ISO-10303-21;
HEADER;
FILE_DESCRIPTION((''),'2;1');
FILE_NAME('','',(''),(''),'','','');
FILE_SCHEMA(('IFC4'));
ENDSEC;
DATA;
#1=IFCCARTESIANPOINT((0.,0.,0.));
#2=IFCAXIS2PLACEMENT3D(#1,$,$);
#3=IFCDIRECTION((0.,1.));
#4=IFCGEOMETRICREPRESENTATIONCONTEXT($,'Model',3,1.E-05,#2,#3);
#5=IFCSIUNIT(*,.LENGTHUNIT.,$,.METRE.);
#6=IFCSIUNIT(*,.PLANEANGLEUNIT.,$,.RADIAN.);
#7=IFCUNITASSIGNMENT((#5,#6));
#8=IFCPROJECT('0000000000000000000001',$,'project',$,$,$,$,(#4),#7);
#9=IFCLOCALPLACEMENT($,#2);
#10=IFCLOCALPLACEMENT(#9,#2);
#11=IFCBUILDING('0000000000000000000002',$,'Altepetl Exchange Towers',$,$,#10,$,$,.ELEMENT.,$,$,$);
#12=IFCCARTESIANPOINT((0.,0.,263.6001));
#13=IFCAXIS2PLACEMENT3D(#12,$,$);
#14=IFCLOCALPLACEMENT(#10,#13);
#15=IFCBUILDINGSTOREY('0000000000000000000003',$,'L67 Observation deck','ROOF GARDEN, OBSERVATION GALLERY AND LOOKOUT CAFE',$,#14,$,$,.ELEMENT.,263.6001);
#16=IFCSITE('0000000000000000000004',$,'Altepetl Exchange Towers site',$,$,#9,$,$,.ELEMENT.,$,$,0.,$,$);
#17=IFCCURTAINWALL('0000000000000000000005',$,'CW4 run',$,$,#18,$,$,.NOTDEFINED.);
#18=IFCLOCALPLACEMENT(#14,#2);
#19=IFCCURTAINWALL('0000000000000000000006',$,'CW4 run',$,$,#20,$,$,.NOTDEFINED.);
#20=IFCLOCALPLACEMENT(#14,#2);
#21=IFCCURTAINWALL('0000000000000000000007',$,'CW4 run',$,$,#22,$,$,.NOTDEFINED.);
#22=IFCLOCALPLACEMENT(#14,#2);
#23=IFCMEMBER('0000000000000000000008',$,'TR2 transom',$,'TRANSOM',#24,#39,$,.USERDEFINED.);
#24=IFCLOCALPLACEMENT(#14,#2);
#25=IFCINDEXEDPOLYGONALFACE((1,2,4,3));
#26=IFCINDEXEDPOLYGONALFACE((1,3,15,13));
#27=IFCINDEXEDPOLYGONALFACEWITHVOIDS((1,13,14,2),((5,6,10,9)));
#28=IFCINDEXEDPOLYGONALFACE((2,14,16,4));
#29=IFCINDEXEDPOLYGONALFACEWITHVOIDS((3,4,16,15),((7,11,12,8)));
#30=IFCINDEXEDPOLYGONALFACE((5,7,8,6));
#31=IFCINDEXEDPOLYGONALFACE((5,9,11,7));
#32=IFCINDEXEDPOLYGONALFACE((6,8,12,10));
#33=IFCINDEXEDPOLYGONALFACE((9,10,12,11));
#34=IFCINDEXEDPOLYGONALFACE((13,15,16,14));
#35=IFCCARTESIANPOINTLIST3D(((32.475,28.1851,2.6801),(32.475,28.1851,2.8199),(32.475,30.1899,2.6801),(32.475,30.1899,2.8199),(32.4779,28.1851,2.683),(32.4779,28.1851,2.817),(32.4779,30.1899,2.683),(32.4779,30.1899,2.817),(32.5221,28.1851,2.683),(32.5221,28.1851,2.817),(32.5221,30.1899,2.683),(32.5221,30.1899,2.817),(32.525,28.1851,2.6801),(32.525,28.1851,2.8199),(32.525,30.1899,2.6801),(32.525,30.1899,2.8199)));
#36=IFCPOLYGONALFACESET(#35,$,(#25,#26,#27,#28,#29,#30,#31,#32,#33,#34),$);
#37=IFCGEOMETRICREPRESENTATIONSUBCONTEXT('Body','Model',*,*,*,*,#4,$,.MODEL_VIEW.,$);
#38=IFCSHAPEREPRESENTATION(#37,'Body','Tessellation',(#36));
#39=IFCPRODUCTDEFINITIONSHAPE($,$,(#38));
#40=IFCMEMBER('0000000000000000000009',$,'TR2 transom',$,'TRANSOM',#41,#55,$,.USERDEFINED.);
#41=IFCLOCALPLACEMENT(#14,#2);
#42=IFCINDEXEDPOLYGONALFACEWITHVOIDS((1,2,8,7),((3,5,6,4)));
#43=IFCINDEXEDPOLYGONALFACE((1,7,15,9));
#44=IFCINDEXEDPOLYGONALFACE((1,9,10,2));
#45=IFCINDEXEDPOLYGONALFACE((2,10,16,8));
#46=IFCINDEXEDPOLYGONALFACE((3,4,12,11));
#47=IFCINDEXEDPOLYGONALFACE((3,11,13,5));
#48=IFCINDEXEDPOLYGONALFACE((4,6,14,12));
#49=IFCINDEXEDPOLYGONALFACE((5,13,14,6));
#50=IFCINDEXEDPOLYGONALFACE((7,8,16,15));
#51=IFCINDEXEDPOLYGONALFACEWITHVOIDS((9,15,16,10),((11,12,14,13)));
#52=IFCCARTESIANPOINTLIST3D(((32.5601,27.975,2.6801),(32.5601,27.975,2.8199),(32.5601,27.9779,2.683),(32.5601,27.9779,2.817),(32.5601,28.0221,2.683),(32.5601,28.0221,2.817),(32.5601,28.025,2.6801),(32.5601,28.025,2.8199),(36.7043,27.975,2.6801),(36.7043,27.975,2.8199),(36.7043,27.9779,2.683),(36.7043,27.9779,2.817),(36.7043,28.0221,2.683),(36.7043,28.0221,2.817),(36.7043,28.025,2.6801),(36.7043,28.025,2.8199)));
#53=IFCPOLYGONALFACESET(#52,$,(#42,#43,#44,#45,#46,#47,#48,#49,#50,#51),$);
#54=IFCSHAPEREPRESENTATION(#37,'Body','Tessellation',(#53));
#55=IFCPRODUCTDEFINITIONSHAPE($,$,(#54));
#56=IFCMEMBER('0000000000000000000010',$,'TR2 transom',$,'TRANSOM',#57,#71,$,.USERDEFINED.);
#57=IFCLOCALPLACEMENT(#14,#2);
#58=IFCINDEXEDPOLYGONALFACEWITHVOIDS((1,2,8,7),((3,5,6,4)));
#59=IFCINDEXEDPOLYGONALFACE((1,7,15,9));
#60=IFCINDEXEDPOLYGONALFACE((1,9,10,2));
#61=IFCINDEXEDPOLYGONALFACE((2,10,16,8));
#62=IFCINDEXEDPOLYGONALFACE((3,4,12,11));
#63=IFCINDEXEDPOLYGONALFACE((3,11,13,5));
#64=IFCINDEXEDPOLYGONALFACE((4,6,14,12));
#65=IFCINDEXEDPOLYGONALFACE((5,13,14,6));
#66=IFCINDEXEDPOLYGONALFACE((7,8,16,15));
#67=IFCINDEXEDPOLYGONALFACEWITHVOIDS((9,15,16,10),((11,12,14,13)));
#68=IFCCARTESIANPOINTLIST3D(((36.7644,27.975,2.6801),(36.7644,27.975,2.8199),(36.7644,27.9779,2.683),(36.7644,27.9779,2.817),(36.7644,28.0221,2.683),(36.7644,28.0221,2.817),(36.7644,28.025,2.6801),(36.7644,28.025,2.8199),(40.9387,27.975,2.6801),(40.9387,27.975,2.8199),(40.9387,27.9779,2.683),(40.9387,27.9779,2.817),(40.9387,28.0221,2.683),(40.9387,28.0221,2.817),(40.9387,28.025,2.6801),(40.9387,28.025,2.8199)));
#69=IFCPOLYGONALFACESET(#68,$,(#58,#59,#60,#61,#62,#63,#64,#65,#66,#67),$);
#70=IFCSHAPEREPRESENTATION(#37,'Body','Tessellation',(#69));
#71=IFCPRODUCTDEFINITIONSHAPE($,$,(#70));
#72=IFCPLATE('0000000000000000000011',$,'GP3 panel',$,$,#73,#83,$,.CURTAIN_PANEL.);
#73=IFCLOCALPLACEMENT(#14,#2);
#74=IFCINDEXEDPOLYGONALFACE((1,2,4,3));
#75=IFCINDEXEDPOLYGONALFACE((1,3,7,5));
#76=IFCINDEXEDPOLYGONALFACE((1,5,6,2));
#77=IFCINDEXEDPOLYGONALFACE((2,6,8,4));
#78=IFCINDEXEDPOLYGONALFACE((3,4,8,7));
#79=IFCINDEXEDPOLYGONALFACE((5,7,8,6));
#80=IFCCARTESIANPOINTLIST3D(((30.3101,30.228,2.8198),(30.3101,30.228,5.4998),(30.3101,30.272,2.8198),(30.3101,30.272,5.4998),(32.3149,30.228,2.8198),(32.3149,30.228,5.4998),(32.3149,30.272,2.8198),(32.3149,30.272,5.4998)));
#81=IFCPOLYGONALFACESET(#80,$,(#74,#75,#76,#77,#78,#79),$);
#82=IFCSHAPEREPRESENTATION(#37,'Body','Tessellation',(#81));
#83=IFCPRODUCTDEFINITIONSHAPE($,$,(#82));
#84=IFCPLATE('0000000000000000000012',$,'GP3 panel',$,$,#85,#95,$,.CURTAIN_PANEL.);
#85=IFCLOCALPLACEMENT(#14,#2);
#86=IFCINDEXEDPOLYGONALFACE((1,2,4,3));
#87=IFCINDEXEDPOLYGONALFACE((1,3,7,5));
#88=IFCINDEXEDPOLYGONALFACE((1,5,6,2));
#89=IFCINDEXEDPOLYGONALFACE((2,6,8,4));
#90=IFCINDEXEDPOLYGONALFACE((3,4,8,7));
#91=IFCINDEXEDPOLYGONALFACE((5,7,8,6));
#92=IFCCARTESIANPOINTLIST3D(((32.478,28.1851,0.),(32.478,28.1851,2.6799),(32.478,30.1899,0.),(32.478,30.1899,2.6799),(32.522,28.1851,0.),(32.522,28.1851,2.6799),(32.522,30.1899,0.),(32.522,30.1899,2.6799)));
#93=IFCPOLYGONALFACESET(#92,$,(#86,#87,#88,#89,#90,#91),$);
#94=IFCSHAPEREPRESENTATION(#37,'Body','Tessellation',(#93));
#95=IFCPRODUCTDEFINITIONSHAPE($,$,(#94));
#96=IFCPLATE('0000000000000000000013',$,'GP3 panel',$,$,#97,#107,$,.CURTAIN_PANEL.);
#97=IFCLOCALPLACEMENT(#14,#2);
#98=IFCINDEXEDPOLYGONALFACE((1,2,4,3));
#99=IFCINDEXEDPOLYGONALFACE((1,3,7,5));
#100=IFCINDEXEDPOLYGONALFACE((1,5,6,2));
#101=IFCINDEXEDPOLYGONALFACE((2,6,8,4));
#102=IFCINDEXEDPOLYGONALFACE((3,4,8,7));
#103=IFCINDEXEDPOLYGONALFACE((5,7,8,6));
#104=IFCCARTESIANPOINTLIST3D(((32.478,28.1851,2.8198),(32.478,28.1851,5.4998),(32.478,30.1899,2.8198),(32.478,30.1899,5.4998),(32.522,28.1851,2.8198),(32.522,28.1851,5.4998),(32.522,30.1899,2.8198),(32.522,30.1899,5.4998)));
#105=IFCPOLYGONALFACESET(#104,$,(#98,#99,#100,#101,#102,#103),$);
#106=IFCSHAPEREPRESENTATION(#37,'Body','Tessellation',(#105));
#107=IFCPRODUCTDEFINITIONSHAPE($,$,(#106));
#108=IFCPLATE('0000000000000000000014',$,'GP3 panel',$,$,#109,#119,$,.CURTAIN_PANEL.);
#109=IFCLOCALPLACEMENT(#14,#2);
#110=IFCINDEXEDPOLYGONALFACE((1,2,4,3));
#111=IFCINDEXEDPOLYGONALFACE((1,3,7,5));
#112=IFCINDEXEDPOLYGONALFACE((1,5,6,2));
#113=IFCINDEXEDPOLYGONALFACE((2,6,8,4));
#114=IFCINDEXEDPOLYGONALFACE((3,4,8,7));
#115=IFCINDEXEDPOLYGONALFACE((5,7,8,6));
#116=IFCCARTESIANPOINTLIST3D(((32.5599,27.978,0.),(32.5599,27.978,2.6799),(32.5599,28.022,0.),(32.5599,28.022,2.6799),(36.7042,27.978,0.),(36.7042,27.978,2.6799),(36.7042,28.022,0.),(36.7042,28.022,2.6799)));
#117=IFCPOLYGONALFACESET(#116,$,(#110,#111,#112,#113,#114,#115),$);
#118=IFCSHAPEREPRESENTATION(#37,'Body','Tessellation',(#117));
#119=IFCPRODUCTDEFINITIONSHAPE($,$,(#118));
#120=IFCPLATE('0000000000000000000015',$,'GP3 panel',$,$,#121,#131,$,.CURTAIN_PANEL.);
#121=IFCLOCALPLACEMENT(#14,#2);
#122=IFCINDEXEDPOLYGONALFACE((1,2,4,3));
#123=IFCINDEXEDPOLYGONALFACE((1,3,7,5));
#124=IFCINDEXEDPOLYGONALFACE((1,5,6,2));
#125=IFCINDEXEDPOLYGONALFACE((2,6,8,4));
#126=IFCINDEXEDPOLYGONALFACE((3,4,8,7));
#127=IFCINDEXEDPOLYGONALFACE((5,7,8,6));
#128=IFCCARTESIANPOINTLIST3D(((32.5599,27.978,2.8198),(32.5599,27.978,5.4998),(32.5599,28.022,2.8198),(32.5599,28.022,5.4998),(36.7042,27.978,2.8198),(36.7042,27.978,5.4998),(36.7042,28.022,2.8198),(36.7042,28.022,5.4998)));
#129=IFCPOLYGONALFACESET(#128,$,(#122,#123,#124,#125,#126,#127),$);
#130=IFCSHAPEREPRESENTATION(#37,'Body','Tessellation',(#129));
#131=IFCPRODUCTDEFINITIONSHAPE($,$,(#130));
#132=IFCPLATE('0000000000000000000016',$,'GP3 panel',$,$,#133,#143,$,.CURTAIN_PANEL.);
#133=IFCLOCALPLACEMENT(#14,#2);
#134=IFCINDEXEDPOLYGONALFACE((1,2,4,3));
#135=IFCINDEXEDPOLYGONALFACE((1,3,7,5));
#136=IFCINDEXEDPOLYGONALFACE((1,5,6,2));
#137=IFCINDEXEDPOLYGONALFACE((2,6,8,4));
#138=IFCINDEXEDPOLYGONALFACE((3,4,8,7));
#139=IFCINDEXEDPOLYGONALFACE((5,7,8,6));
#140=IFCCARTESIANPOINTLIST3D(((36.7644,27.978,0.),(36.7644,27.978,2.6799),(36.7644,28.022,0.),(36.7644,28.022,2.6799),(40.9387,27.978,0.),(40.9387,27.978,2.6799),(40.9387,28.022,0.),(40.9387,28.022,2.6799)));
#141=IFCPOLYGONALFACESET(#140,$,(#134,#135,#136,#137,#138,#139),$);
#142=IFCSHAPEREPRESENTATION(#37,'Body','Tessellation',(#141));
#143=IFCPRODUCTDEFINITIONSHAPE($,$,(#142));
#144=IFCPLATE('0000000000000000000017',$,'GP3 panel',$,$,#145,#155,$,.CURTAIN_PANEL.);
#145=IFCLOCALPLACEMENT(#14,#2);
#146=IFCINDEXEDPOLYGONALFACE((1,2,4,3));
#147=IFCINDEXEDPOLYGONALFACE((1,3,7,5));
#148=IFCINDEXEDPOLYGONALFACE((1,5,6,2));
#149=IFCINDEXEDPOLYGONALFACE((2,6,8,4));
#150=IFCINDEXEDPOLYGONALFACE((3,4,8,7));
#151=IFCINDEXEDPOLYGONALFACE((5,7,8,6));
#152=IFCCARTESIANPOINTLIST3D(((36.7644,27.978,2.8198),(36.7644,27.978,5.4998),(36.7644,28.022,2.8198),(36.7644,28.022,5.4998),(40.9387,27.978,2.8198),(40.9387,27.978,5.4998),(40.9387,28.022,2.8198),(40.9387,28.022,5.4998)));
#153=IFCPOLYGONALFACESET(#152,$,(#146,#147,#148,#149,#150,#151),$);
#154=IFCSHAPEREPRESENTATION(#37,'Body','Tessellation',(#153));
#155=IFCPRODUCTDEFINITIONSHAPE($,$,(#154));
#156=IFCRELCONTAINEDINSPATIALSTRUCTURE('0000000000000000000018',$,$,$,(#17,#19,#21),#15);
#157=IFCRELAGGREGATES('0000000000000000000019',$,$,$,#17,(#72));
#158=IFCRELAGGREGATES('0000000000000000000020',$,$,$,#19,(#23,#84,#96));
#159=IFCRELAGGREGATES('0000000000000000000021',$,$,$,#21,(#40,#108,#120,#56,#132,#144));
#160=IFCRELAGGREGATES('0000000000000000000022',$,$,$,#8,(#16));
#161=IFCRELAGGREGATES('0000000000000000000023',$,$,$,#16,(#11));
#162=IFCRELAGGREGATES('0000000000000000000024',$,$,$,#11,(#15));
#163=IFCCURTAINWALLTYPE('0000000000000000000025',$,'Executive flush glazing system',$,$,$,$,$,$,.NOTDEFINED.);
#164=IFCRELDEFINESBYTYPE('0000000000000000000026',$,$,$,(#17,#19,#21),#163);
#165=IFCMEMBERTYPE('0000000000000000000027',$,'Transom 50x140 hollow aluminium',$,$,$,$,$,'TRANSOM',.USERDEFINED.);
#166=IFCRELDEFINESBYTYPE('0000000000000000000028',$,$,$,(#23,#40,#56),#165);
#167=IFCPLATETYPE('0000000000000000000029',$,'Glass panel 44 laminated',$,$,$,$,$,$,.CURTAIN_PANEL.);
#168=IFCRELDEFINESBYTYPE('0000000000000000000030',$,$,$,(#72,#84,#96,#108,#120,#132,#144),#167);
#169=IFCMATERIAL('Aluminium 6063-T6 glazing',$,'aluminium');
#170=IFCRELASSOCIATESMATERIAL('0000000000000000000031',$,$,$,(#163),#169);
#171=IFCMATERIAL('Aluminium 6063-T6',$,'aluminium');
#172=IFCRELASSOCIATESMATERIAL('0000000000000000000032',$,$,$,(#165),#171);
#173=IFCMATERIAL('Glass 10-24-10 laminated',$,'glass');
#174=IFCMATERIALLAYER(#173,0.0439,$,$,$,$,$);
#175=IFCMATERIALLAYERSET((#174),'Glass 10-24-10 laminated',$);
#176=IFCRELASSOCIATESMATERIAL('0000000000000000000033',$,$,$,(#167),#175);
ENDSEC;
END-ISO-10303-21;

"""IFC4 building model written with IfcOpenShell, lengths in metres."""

from ifc_helpers import new_model, si_unit, direction, frame, origin, origin_2d, place, context, subcontext, project, spatial, rectangle, hollow_rectangle, extrude, material, layer, layer_set, material_profile, profile_set, type_object, element, aggregate, save


model = new_model("IFC4")

# Units and contexts
model_context = context("Model", 3, precision=1e-05, world=origin(), true_north=direction((0.0, 1.0)))
body_context = subcontext(model_context, "Body", "Model", "MODEL_VIEW")
ifc_project = project(units=[si_unit("LENGTHUNIT", "METRE"), si_unit("PLANEANGLEUNIT", "RADIAN")], contexts=[model_context])

# Site, building, storey
site_placement = place(None, origin())
site = spatial("IfcSite", under=ifc_project, at=site_placement, Name="Altepetl Exchange Towers site", CompositionType="ELEMENT", RefElevation=0.0)
building_placement = place(site_placement, origin())
building = spatial("IfcBuilding", under=site, at=building_placement, Name="Altepetl Exchange Towers", CompositionType="ELEMENT")
storey_placement = place(building_placement, frame((0.0, 0.0, 263.6001)))
storey = spatial("IfcBuildingStorey", under=building, at=storey_placement, Name="L67 Observation deck", Description="ROOF GARDEN, OBSERVATION GALLERY AND LOOKOUT CAFE", CompositionType="ELEMENT", Elevation=263.6001)

# Curtain wall
ifc_material_1 = material(Name="Aluminium 6063-T6 glazing", Category="aluminium")
curtain_wall_type = type_object("IfcCurtainWallType", Name="Executive flush glazing system", PredefinedType="NOTDEFINED", material=ifc_material_1)
curtain_wall_1_placement = place(storey_placement, origin())
curtain_wall_1 = element("IfcCurtainWall", 1, at=curtain_wall_1_placement, inside=storey, type_object=curtain_wall_type, Name="CW4 run", PredefinedType="NOTDEFINED")
ifc_material_2 = material(Name="Aluminium 6063-T6", Category="aluminium")

# Curtain walls
curtain_wall_2_placement = place(storey_placement, origin())
curtain_wall_2 = element("IfcCurtainWall", 2, at=curtain_wall_2_placement, inside=storey, type_object=curtain_wall_type, Name="CW4 run", PredefinedType="NOTDEFINED")
curtain_wall_3_placement = place(storey_placement, origin())
curtain_wall_3 = element("IfcCurtainWall", 3, at=curtain_wall_3_placement, inside=storey, type_object=curtain_wall_type, Name="CW4 run", PredefinedType="NOTDEFINED")

# Members
ifc_material_profile_1 = material_profile(ifc_material_2, hollow_rectangle(XDim=0.05, YDim=0.1399, WallThickness=0.0029, at=origin_2d()), Name="Transom 50x140 hollow aluminium")
ifc_profile_set_1 = profile_set([ifc_material_profile_1], Name="Aluminium 6063-T6")
member_type_1 = type_object("IfcMemberType", Name="Transom 50x140 hollow aluminium", ElementType="TRANSOM", PredefinedType="USERDEFINED", material=ifc_profile_set_1)
member_1_placement = place(storey_placement, frame((32.5, 30.1899, 2.75), z_axis=(0.0, -1.0, 0.0), x_axis=(1.0, 0.0, 0.0)))
member_1 = element("IfcMember", 4, at=member_1_placement, type_object=member_type_1, Name="TR2 transom", ObjectType="TRANSOM", PredefinedType="USERDEFINED", context=body_context, shape_type="SweptSolid", body=[
    extrude(hollow_rectangle(XDim=0.05, YDim=0.1399, WallThickness=0.0029, at=origin_2d()), origin(), (0.0, 0.0, 1.0), 2.0049),
])
member_2_placement = place(storey_placement, frame((32.5601, 28.0, 2.75), z_axis=(1.0, 0.0, 0.0), x_axis=(0.0, 1.0, 0.0)))
member_2 = element("IfcMember", 5, at=member_2_placement, type_object=member_type_1, Name="TR2 transom", ObjectType="TRANSOM", PredefinedType="USERDEFINED", context=body_context, shape_type="SweptSolid", body=[
    extrude(hollow_rectangle(XDim=0.05, YDim=0.1399, WallThickness=0.0029, at=origin_2d()), origin(), (0.0, 0.0, 1.0), 4.1443),
])
member_3_placement = place(storey_placement, frame((36.7644, 28.0, 2.75), z_axis=(1.0, 0.0, 0.0), x_axis=(0.0, 1.0, 0.0)))
member_3 = element("IfcMember", 6, at=member_3_placement, type_object=member_type_1, Name="TR2 transom", ObjectType="TRANSOM", PredefinedType="USERDEFINED", context=body_context, shape_type="SweptSolid", body=[
    extrude(hollow_rectangle(XDim=0.05, YDim=0.1399, WallThickness=0.0029, at=origin_2d()), origin(), (0.0, 0.0, 1.0), 4.1743),
])

# Plates
ifc_material_3 = material(Name="Glass 10-24-10 laminated", Category="glass")
ifc_layer = layer(ifc_material_3, 0.0439)
ifc_layer_set = layer_set([ifc_layer], Name="Glass 10-24-10 laminated")
plate_type = type_object("IfcPlateType", Name="Glass panel 44 laminated", PredefinedType="CURTAIN_PANEL", material=ifc_layer_set)
plate_1_placement = place(storey_placement, frame((31.3125, 30.25, 2.8198)))
plate_1 = element("IfcPlate", 7, at=plate_1_placement, type_object=plate_type, Name="GP3 panel", PredefinedType="CURTAIN_PANEL", context=body_context, shape_type="SweptSolid", body=[
    extrude(rectangle(XDim=2.0049, YDim=0.0439, at=origin_2d()), origin(), (0.0, 0.0, 1.0), 2.6799),
])
aggregate(curtain_wall_1, [plate_1])
plate_2_placement = place(storey_placement, frame((32.5, 29.1875, 0.0), z_axis=(0.0, 0.0, 1.0), x_axis=(0.0, -1.0, 0.0)))
plate_2 = element("IfcPlate", 8, at=plate_2_placement, type_object=plate_type, Name="GP3 panel", PredefinedType="CURTAIN_PANEL", context=body_context, shape_type="SweptSolid", body=[
    extrude(rectangle(XDim=2.0049, YDim=0.0439, at=origin_2d()), origin(), (0.0, 0.0, 1.0), 2.6799),
])
plate_3_placement = place(storey_placement, frame((32.5, 29.1875, 2.8198), z_axis=(0.0, 0.0, 1.0), x_axis=(0.0, -1.0, 0.0)))
plate_3 = element("IfcPlate", 9, at=plate_3_placement, type_object=plate_type, Name="GP3 panel", PredefinedType="CURTAIN_PANEL", context=body_context, shape_type="SweptSolid", body=[
    extrude(rectangle(XDim=2.0049, YDim=0.0439, at=origin_2d()), origin(), (0.0, 0.0, 1.0), 2.6799),
])
aggregate(curtain_wall_2, [member_1, plate_2, plate_3])
plate_4_placement = place(storey_placement, frame((34.6321, 28.0, 0.0)))
plate_4 = element("IfcPlate", 10, at=plate_4_placement, type_object=plate_type, Name="GP3 panel", PredefinedType="CURTAIN_PANEL", context=body_context, shape_type="SweptSolid", body=[
    extrude(rectangle(XDim=4.1443, YDim=0.0439, at=origin_2d()), origin(), (0.0, 0.0, 1.0), 2.6799),
])
plate_5_placement = place(storey_placement, frame((34.6321, 28.0, 2.8198)))
plate_5 = element("IfcPlate", 11, at=plate_5_placement, type_object=plate_type, Name="GP3 panel", PredefinedType="CURTAIN_PANEL", context=body_context, shape_type="SweptSolid", body=[
    extrude(rectangle(XDim=4.1443, YDim=0.0439, at=origin_2d()), origin(), (0.0, 0.0, 1.0), 2.6799),
])
plate_6_placement = place(storey_placement, frame((38.8516, 28.0, 0.0)))
plate_6 = element("IfcPlate", 12, at=plate_6_placement, type_object=plate_type, Name="GP3 panel", PredefinedType="CURTAIN_PANEL", context=body_context, shape_type="SweptSolid", body=[
    extrude(rectangle(XDim=4.1743, YDim=0.0439, at=origin_2d()), origin(), (0.0, 0.0, 1.0), 2.6799),
])
plate_7_placement = place(storey_placement, frame((38.8516, 28.0, 2.8198)))
plate_7 = element("IfcPlate", 13, at=plate_7_placement, type_object=plate_type, Name="GP3 panel", PredefinedType="CURTAIN_PANEL", context=body_context, shape_type="SweptSolid", body=[
    extrude(rectangle(XDim=4.1743, YDim=0.0439, at=origin_2d()), origin(), (0.0, 0.0, 1.0), 2.6799),
])
aggregate(curtain_wall_3, [member_2, plate_4, plate_5, member_3, plate_6, plate_7])

save(model, "model.ifc")
